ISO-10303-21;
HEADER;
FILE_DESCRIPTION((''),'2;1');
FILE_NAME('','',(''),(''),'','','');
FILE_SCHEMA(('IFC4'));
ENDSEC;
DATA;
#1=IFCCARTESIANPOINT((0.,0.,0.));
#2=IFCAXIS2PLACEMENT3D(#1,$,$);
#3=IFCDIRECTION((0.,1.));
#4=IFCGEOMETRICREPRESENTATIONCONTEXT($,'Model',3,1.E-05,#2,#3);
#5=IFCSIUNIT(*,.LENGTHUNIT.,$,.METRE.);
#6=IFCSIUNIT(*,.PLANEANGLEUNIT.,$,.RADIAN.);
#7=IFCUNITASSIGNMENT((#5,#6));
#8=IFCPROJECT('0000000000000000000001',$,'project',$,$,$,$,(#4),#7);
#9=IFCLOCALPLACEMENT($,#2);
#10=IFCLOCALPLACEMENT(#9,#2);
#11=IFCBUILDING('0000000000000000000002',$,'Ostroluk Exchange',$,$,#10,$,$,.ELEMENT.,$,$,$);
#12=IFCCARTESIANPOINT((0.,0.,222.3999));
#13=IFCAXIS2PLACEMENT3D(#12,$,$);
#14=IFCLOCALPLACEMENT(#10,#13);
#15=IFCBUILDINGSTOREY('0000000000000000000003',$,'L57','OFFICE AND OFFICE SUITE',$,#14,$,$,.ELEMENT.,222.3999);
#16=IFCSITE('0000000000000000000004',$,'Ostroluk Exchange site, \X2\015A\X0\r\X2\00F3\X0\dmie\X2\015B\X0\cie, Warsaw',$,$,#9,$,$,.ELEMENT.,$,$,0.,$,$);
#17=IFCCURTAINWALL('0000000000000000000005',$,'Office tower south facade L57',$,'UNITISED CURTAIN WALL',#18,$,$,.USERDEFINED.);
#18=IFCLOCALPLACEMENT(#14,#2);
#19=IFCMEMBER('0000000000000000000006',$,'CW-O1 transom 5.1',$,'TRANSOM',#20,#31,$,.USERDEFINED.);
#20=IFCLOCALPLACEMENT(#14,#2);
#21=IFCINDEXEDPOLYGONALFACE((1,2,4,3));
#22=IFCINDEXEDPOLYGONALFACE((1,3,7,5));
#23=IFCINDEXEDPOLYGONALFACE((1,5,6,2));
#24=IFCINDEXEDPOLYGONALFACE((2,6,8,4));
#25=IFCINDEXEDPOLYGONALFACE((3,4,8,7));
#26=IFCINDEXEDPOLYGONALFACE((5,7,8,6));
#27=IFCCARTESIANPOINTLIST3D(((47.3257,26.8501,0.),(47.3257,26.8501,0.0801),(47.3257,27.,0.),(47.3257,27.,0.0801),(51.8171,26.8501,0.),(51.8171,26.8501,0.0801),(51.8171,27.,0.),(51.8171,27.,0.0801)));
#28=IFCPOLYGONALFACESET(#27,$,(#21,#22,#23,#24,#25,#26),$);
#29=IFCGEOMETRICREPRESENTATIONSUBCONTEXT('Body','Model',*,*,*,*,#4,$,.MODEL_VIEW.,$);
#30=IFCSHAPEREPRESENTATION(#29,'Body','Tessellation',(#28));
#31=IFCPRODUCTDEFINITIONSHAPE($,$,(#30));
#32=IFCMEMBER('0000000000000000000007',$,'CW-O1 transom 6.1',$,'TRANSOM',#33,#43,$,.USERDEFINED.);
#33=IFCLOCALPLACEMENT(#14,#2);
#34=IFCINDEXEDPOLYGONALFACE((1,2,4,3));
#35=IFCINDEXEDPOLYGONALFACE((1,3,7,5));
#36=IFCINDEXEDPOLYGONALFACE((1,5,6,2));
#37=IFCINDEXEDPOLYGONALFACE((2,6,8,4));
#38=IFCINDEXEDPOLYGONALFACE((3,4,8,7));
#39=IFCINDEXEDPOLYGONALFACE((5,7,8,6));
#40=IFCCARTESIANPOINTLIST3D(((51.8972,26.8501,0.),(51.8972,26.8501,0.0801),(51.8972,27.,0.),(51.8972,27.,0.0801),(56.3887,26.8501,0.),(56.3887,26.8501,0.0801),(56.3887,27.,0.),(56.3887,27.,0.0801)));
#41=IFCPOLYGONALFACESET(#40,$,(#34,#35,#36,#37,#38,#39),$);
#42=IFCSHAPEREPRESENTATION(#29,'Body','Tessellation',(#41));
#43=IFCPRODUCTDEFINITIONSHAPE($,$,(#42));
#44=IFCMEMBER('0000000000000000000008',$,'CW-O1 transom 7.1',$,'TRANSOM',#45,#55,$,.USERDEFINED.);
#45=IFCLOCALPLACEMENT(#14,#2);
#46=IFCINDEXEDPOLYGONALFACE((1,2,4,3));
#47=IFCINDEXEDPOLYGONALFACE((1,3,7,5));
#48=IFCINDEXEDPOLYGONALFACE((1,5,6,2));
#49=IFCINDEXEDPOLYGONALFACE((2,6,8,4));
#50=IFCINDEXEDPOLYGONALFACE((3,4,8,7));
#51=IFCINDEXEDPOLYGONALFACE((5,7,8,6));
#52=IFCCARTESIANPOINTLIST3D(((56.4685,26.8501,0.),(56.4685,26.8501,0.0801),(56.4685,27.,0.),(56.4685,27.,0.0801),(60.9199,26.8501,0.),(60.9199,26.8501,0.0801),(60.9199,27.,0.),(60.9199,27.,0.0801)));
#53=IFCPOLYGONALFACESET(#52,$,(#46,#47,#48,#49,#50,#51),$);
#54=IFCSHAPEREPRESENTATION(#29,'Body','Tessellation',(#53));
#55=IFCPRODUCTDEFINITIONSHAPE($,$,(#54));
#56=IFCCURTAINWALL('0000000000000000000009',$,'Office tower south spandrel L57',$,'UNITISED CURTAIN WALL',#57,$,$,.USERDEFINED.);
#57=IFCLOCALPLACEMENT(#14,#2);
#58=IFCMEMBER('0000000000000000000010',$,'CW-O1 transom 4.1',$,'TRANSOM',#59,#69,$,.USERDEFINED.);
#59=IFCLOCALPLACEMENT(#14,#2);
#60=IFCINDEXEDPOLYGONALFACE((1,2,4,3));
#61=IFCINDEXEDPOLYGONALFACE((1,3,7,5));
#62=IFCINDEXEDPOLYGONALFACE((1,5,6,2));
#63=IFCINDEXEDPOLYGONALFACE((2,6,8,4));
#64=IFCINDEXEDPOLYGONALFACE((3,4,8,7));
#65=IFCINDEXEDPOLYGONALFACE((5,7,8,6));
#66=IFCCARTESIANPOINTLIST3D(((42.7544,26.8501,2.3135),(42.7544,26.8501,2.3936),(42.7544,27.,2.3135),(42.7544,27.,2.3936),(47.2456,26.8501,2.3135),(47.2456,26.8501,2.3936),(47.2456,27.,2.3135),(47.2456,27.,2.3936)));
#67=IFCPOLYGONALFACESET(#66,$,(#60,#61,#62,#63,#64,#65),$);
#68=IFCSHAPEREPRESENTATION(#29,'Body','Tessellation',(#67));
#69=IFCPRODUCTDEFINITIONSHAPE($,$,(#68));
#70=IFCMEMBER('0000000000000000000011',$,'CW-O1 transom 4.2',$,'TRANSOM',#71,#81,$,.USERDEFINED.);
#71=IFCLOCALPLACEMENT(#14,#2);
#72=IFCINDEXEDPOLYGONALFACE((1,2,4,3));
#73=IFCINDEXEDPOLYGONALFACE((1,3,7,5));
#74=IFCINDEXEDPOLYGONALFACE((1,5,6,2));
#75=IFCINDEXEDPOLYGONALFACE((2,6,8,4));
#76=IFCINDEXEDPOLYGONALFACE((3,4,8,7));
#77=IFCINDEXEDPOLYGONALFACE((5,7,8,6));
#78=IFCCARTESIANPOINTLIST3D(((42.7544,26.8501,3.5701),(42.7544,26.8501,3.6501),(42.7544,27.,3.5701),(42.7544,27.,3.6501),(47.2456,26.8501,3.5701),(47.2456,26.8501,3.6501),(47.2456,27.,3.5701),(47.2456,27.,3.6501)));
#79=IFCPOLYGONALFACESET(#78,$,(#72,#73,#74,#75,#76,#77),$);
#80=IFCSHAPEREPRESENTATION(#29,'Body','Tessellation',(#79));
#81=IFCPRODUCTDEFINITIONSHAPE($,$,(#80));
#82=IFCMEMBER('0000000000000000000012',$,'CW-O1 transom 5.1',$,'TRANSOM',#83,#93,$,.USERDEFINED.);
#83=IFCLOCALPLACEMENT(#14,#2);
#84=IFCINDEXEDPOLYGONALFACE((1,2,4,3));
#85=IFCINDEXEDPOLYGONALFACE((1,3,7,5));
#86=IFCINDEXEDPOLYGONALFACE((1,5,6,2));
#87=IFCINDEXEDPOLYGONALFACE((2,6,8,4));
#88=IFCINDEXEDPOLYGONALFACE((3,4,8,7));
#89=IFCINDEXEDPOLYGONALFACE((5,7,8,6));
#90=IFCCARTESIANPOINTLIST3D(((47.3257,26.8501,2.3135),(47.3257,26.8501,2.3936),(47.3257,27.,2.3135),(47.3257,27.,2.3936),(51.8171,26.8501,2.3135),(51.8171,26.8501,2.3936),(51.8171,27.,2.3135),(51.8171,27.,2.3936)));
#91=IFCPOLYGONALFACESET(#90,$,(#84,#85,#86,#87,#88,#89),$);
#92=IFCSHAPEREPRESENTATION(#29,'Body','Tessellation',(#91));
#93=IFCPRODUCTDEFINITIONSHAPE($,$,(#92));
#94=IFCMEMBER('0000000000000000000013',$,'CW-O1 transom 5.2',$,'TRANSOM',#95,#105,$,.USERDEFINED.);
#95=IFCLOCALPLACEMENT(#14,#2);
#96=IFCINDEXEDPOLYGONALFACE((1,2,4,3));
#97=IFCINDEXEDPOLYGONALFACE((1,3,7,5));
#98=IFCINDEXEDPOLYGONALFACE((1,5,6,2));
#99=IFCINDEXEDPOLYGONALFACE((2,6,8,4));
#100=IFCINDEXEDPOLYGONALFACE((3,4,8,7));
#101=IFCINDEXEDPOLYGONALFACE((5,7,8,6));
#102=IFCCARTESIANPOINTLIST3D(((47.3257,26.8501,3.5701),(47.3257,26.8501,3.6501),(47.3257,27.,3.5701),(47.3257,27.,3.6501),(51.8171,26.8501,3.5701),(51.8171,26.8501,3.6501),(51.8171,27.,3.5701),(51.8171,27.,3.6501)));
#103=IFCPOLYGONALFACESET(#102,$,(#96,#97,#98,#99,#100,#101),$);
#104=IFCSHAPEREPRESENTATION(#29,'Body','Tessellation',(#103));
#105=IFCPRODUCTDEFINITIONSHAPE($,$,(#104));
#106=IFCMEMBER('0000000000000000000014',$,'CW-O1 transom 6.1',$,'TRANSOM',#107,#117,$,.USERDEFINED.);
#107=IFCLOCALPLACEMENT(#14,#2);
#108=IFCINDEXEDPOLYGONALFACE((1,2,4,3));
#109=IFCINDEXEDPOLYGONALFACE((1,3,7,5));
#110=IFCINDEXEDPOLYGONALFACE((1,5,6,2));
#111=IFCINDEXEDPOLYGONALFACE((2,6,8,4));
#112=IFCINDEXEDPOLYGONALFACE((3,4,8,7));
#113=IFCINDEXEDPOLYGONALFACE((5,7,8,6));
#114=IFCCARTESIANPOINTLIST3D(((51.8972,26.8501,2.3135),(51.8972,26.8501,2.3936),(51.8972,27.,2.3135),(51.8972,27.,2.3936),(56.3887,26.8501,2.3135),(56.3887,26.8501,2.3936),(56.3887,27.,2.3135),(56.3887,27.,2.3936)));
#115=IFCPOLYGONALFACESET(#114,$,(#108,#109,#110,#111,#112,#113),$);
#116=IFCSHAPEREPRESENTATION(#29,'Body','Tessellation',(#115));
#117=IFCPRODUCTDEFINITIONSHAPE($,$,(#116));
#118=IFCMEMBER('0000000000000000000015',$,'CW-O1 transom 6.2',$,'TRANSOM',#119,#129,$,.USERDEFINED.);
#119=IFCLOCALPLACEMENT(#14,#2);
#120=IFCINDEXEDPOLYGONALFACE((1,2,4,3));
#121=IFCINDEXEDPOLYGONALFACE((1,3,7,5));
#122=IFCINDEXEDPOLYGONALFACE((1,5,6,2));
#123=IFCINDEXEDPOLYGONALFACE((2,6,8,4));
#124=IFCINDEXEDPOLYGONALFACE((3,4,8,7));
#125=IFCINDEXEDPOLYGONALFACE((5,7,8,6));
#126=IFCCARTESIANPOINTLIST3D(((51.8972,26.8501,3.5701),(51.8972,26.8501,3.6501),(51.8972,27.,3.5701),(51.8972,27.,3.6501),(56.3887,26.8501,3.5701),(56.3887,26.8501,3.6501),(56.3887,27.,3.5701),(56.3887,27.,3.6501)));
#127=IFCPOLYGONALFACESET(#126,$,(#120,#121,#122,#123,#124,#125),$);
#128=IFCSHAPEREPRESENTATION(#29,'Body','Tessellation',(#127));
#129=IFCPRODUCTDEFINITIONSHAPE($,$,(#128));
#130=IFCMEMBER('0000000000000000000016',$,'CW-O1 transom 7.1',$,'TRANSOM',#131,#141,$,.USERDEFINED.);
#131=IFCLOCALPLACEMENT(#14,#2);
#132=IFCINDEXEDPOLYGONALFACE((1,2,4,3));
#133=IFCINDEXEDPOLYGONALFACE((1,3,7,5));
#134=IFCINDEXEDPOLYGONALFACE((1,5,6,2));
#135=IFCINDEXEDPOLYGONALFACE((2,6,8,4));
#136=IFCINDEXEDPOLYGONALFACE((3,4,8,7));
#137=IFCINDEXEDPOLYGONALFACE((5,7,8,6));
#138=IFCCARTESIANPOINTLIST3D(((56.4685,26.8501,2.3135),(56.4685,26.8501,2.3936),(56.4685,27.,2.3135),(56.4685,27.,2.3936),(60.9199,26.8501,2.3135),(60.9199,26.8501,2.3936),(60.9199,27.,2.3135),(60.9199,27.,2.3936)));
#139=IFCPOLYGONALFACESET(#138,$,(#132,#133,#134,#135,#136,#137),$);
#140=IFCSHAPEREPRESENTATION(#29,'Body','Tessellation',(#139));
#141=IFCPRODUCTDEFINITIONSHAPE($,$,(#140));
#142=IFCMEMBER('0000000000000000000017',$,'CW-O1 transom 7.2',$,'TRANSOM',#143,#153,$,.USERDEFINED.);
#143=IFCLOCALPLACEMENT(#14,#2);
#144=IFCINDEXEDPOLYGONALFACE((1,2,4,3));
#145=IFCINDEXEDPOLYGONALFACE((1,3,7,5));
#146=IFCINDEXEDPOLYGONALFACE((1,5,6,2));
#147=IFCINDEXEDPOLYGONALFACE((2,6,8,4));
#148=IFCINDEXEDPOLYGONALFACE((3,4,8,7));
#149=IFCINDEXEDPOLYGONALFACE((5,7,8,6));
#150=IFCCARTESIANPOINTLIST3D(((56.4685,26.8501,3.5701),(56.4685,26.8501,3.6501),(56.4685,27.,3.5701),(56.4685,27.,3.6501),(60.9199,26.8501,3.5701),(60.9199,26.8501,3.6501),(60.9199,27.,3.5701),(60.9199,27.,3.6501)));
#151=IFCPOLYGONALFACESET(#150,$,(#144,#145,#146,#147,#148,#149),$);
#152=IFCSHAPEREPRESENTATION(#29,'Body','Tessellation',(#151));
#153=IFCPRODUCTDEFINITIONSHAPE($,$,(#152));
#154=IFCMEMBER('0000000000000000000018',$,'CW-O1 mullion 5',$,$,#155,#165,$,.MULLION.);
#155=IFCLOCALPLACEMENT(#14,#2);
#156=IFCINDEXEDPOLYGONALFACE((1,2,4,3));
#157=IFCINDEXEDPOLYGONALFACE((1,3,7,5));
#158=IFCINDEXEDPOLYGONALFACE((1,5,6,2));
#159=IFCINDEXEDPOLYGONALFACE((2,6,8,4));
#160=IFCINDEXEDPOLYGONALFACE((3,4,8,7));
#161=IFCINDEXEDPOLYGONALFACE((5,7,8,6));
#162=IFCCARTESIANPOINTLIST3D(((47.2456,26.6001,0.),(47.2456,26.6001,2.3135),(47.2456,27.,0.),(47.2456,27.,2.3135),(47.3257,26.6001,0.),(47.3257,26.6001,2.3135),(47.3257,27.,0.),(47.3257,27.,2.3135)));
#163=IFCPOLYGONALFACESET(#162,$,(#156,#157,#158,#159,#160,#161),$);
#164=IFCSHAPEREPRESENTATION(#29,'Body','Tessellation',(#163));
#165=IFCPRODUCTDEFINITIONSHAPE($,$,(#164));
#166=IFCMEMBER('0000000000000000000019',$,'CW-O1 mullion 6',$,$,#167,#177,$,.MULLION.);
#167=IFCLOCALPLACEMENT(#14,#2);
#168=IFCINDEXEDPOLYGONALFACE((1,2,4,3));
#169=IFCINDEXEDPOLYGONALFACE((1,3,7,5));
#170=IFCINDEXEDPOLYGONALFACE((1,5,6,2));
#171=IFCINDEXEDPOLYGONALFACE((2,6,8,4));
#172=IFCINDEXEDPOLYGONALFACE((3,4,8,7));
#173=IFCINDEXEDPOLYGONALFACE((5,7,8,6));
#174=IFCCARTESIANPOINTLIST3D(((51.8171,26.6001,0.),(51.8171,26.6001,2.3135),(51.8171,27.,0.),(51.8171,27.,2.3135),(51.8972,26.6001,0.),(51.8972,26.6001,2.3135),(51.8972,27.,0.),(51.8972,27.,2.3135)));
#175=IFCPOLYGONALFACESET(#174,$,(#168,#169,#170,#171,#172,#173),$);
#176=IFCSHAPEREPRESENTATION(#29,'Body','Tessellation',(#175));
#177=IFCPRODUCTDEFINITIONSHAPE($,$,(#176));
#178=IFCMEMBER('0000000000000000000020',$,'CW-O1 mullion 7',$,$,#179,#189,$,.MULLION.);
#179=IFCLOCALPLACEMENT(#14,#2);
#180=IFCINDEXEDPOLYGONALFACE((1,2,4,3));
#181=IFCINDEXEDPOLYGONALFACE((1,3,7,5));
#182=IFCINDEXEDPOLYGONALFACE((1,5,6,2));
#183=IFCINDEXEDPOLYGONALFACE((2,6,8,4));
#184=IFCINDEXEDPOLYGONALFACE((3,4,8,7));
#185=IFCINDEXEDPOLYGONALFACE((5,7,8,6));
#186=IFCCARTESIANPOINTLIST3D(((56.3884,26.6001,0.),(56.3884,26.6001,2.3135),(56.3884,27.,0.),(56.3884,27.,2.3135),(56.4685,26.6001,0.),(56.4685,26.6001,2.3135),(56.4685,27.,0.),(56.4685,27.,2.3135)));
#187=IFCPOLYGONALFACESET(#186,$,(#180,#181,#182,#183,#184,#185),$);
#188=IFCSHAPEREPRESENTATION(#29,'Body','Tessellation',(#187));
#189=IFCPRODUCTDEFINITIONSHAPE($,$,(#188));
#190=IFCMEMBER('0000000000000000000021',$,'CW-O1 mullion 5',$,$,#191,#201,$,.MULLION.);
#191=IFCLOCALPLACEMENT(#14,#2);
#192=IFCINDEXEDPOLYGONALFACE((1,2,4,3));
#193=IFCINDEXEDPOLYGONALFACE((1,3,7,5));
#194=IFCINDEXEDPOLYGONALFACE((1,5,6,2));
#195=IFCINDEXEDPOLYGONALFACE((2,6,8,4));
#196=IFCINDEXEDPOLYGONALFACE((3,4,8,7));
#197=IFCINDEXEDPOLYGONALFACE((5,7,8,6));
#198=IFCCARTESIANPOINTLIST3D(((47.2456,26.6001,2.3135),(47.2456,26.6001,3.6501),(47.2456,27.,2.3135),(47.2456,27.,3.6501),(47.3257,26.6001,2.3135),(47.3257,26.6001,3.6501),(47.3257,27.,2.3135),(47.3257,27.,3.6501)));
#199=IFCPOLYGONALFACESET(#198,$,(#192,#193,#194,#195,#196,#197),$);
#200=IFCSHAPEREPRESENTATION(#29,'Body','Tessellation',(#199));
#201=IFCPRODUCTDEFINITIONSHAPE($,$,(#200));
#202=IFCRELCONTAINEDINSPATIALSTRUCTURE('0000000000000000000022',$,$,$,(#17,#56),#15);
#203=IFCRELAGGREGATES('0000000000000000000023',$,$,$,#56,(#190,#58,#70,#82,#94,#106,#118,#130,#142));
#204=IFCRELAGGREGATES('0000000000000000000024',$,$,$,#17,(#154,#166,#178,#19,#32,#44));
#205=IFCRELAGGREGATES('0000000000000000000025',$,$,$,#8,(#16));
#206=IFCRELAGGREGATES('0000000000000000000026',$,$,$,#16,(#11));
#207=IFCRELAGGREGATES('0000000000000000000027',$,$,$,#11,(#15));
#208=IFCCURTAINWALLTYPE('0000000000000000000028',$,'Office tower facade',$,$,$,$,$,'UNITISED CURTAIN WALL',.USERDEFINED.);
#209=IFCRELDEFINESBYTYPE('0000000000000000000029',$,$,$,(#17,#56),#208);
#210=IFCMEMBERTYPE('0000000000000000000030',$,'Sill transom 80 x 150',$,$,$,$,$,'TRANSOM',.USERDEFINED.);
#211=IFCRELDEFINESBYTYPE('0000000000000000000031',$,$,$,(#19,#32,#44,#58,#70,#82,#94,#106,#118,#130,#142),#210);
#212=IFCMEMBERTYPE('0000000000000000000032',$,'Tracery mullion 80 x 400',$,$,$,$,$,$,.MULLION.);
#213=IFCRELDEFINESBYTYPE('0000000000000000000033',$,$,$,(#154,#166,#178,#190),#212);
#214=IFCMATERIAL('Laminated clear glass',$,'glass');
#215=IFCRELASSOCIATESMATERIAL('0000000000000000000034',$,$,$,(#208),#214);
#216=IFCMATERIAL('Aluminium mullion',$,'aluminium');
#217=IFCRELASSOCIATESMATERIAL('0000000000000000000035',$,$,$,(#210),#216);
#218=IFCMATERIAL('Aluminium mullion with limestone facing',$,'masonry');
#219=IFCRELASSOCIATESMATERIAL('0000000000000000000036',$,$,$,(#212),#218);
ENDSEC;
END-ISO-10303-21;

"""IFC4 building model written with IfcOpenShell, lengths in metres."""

from ifc_helpers import new_model, si_unit, direction, frame, origin, origin_2d, place, context, subcontext, project, spatial, rectangle, extrude, material, material_profile, profile_set, type_object, element, aggregate, save


model = new_model("IFC4")

# Units and contexts
model_context = context("Model", 3, precision=1e-05, world=origin(), true_north=direction((0.0, 1.0)))
body_context = subcontext(model_context, "Body", "Model", "MODEL_VIEW")
ifc_project = project(units=[si_unit("LENGTHUNIT", "METRE"), si_unit("PLANEANGLEUNIT", "RADIAN")], contexts=[model_context])

# Site, building, storey
site_placement = place(None, origin())
site = spatial("IfcSite", under=ifc_project, at=site_placement, Name="Ostroluk Exchange site, Śródmieście, Warsaw", CompositionType="ELEMENT", RefElevation=0.0)
building_placement = place(site_placement, origin())
building = spatial("IfcBuilding", under=site, at=building_placement, Name="Ostroluk Exchange", CompositionType="ELEMENT")
storey_placement = place(building_placement, frame((0.0, 0.0, 222.3999)))
storey = spatial("IfcBuildingStorey", under=building, at=storey_placement, Name="L57", Description="OFFICE AND OFFICE SUITE", CompositionType="ELEMENT", Elevation=222.3999)

# Curtain walls, members
ifc_material_1 = material(Name="Laminated clear glass", Category="glass")
curtain_wall_type = type_object("IfcCurtainWallType", Name="Office tower facade", ElementType="UNITISED CURTAIN WALL", PredefinedType="USERDEFINED", material=ifc_material_1)
curtain_wall_1_placement = place(storey_placement, origin())
curtain_wall_1 = element("IfcCurtainWall", 1, at=curtain_wall_1_placement, inside=storey, type_object=curtain_wall_type, Name="Office tower south facade L57", ObjectType="UNITISED CURTAIN WALL", PredefinedType="USERDEFINED")
ifc_material_2 = material(Name="Aluminium mullion", Category="aluminium")
ifc_material_profile_1 = material_profile(ifc_material_2, rectangle(XDim=0.1499, YDim=0.0801, at=origin_2d()), Name="Sill transom 80 x 150")
ifc_profile_set_1 = profile_set([ifc_material_profile_1], Name="Aluminium mullion")
member_type_1 = type_object("IfcMemberType", Name="Sill transom 80 x 150", ElementType="TRANSOM", PredefinedType="USERDEFINED", material=ifc_profile_set_1)
member_1_placement = place(storey_placement, frame((47.3257, 26.925, 0.04), z_axis=(1.0, 0.0, 0.0), x_axis=(0.0, 1.0, 0.0)))
member_1 = element("IfcMember", 2, at=member_1_placement, type_object=member_type_1, Name="CW-O1 transom 5.1", ObjectType="TRANSOM", PredefinedType="USERDEFINED", context=body_context, shape_type="SweptSolid", body=[
    extrude(rectangle(XDim=0.1499, YDim=0.0801, at=origin_2d()), origin(), (0.0, 0.0, 1.0), 4.4915),
])
member_2_placement = place(storey_placement, frame((51.8972, 26.925, 0.04), z_axis=(1.0, 0.0, 0.0), x_axis=(0.0, 1.0, 0.0)))
member_2 = element("IfcMember", 3, at=member_2_placement, type_object=member_type_1, Name="CW-O1 transom 6.1", ObjectType="TRANSOM", PredefinedType="USERDEFINED", context=body_context, shape_type="SweptSolid", body=[
    extrude(rectangle(XDim=0.1499, YDim=0.0801, at=origin_2d()), origin(), (0.0, 0.0, 1.0), 4.4915),
])
member_3_placement = place(storey_placement, frame((56.4685, 26.925, 0.04), z_axis=(1.0, 0.0, 0.0), x_axis=(0.0, 1.0, 0.0)))
member_3 = element("IfcMember", 4, at=member_3_placement, type_object=member_type_1, Name="CW-O1 transom 7.1", ObjectType="TRANSOM", PredefinedType="USERDEFINED", context=body_context, shape_type="SweptSolid", body=[
    extrude(rectangle(XDim=0.1499, YDim=0.0801, at=origin_2d()), origin(), (0.0, 0.0, 1.0), 4.4514),
])
curtain_wall_2_placement = place(storey_placement, origin())
curtain_wall_2 = element("IfcCurtainWall", 5, at=curtain_wall_2_placement, inside=storey, type_object=curtain_wall_type, Name="Office tower south spandrel L57", ObjectType="UNITISED CURTAIN WALL", PredefinedType="USERDEFINED")
member_4_placement = place(storey_placement, frame((42.7544, 26.925, 2.3535), z_axis=(1.0, 0.0, 0.0), x_axis=(0.0, 1.0, 0.0)))
member_4 = element("IfcMember", 6, at=member_4_placement, type_object=member_type_1, Name="CW-O1 transom 4.1", ObjectType="TRANSOM", PredefinedType="USERDEFINED", context=body_context, shape_type="SweptSolid", body=[
    extrude(rectangle(XDim=0.1499, YDim=0.0801, at=origin_2d()), origin(), (0.0, 0.0, 1.0), 4.4912),
])
member_5_placement = place(storey_placement, frame((42.7544, 26.925, 3.6101), z_axis=(1.0, 0.0, 0.0), x_axis=(0.0, 1.0, 0.0)))
member_5 = element("IfcMember", 7, at=member_5_placement, type_object=member_type_1, Name="CW-O1 transom 4.2", ObjectType="TRANSOM", PredefinedType="USERDEFINED", context=body_context, shape_type="SweptSolid", body=[
    extrude(rectangle(XDim=0.1499, YDim=0.0801, at=origin_2d()), origin(), (0.0, 0.0, 1.0), 4.4912),
])
member_6_placement = place(storey_placement, frame((47.3257, 26.925, 2.3535), z_axis=(1.0, 0.0, 0.0), x_axis=(0.0, 1.0, 0.0)))
member_6 = element("IfcMember", 8, at=member_6_placement, type_object=member_type_1, Name="CW-O1 transom 5.1", ObjectType="TRANSOM", PredefinedType="USERDEFINED", context=body_context, shape_type="SweptSolid", body=[
    extrude(rectangle(XDim=0.1499, YDim=0.0801, at=origin_2d()), origin(), (0.0, 0.0, 1.0), 4.4915),
])
member_7_placement = place(storey_placement, frame((47.3257, 26.925, 3.6101), z_axis=(1.0, 0.0, 0.0), x_axis=(0.0, 1.0, 0.0)))
member_7 = element("IfcMember", 9, at=member_7_placement, type_object=member_type_1, Name="CW-O1 transom 5.2", ObjectType="TRANSOM", PredefinedType="USERDEFINED", context=body_context, shape_type="SweptSolid", body=[
    extrude(rectangle(XDim=0.1499, YDim=0.0801, at=origin_2d()), origin(), (0.0, 0.0, 1.0), 4.4915),
])
member_8_placement = place(storey_placement, frame((51.8972, 26.925, 2.3535), z_axis=(1.0, 0.0, 0.0), x_axis=(0.0, 1.0, 0.0)))
member_8 = element("IfcMember", 10, at=member_8_placement, type_object=member_type_1, Name="CW-O1 transom 6.1", ObjectType="TRANSOM", PredefinedType="USERDEFINED", context=body_context, shape_type="SweptSolid", body=[
    extrude(rectangle(XDim=0.1499, YDim=0.0801, at=origin_2d()), origin(), (0.0, 0.0, 1.0), 4.4915),
])
member_9_placement = place(storey_placement, frame((51.8972, 26.925, 3.6101), z_axis=(1.0, 0.0, 0.0), x_axis=(0.0, 1.0, 0.0)))
member_9 = element("IfcMember", 11, at=member_9_placement, type_object=member_type_1, Name="CW-O1 transom 6.2", ObjectType="TRANSOM", PredefinedType="USERDEFINED", context=body_context, shape_type="SweptSolid", body=[
    extrude(rectangle(XDim=0.1499, YDim=0.0801, at=origin_2d()), origin(), (0.0, 0.0, 1.0), 4.4915),
])
member_10_placement = place(storey_placement, frame((56.4685, 26.925, 2.3535), z_axis=(1.0, 0.0, 0.0), x_axis=(0.0, 1.0, 0.0)))
member_10 = element("IfcMember", 12, at=member_10_placement, type_object=member_type_1, Name="CW-O1 transom 7.1", ObjectType="TRANSOM", PredefinedType="USERDEFINED", context=body_context, shape_type="SweptSolid", body=[
    extrude(rectangle(XDim=0.1499, YDim=0.0801, at=origin_2d()), origin(), (0.0, 0.0, 1.0), 4.4514),
])
member_11_placement = place(storey_placement, frame((56.4685, 26.925, 3.6101), z_axis=(1.0, 0.0, 0.0), x_axis=(0.0, 1.0, 0.0)))
member_11 = element("IfcMember", 13, at=member_11_placement, type_object=member_type_1, Name="CW-O1 transom 7.2", ObjectType="TRANSOM", PredefinedType="USERDEFINED", context=body_context, shape_type="SweptSolid", body=[
    extrude(rectangle(XDim=0.1499, YDim=0.0801, at=origin_2d()), origin(), (0.0, 0.0, 1.0), 4.4514),
])

# Members
ifc_material_3 = material(Name="Aluminium mullion with limestone facing", Category="masonry")
ifc_material_profile_2 = material_profile(ifc_material_3, rectangle(XDim=0.3999, YDim=0.0801, at=origin_2d()), Name="Tracery mullion 80 x 400")
ifc_profile_set_2 = profile_set([ifc_material_profile_2], Name="Aluminium mullion with limestone facing")
member_type_2 = type_object("IfcMemberType", Name="Tracery mullion 80 x 400", PredefinedType="MULLION", material=ifc_profile_set_2)
member_12_placement = place(storey_placement, frame((47.2856, 26.8, 0.0), z_axis=(0.0, 0.0, 1.0), x_axis=(0.0, 1.0, 0.0)))
member_12 = element("IfcMember", 14, at=member_12_placement, type_object=member_type_2, Name="CW-O1 mullion 5", PredefinedType="MULLION", context=body_context, shape_type="SweptSolid", body=[
    extrude(rectangle(XDim=0.3999, YDim=0.0801, at=origin_2d()), origin(), (0.0, 0.0, 1.0), 2.3135),
])
member_13_placement = place(storey_placement, frame((51.8572, 26.8, 0.0), z_axis=(0.0, 0.0, 1.0), x_axis=(0.0, 1.0, 0.0)))
member_13 = element("IfcMember", 15, at=member_13_placement, type_object=member_type_2, Name="CW-O1 mullion 6", PredefinedType="MULLION", context=body_context, shape_type="SweptSolid", body=[
    extrude(rectangle(XDim=0.3999, YDim=0.0801, at=origin_2d()), origin(), (0.0, 0.0, 1.0), 2.3135),
])
member_14_placement = place(storey_placement, frame((56.4285, 26.8, 0.0), z_axis=(0.0, 0.0, 1.0), x_axis=(0.0, 1.0, 0.0)))
member_14 = element("IfcMember", 16, at=member_14_placement, type_object=member_type_2, Name="CW-O1 mullion 7", PredefinedType="MULLION", context=body_context, shape_type="SweptSolid", body=[
    extrude(rectangle(XDim=0.3999, YDim=0.0801, at=origin_2d()), origin(), (0.0, 0.0, 1.0), 2.3135),
])
member_15_placement = place(storey_placement, frame((47.2856, 26.8, 2.3135), z_axis=(0.0, 0.0, 1.0), x_axis=(0.0, 1.0, 0.0)))
member_15 = element("IfcMember", 17, at=member_15_placement, type_object=member_type_2, Name="CW-O1 mullion 5", PredefinedType="MULLION", context=body_context, shape_type="SweptSolid", body=[
    extrude(rectangle(XDim=0.3999, YDim=0.0801, at=origin_2d()), origin(), (0.0, 0.0, 1.0), 1.3367),
])

aggregate(curtain_wall_2, [member_15, member_4, member_5, member_6, member_7, member_8, member_9, member_10, member_11])
aggregate(curtain_wall_1, [member_12, member_13, member_14, member_1, member_2, member_3])

save(model, "model.ifc")
